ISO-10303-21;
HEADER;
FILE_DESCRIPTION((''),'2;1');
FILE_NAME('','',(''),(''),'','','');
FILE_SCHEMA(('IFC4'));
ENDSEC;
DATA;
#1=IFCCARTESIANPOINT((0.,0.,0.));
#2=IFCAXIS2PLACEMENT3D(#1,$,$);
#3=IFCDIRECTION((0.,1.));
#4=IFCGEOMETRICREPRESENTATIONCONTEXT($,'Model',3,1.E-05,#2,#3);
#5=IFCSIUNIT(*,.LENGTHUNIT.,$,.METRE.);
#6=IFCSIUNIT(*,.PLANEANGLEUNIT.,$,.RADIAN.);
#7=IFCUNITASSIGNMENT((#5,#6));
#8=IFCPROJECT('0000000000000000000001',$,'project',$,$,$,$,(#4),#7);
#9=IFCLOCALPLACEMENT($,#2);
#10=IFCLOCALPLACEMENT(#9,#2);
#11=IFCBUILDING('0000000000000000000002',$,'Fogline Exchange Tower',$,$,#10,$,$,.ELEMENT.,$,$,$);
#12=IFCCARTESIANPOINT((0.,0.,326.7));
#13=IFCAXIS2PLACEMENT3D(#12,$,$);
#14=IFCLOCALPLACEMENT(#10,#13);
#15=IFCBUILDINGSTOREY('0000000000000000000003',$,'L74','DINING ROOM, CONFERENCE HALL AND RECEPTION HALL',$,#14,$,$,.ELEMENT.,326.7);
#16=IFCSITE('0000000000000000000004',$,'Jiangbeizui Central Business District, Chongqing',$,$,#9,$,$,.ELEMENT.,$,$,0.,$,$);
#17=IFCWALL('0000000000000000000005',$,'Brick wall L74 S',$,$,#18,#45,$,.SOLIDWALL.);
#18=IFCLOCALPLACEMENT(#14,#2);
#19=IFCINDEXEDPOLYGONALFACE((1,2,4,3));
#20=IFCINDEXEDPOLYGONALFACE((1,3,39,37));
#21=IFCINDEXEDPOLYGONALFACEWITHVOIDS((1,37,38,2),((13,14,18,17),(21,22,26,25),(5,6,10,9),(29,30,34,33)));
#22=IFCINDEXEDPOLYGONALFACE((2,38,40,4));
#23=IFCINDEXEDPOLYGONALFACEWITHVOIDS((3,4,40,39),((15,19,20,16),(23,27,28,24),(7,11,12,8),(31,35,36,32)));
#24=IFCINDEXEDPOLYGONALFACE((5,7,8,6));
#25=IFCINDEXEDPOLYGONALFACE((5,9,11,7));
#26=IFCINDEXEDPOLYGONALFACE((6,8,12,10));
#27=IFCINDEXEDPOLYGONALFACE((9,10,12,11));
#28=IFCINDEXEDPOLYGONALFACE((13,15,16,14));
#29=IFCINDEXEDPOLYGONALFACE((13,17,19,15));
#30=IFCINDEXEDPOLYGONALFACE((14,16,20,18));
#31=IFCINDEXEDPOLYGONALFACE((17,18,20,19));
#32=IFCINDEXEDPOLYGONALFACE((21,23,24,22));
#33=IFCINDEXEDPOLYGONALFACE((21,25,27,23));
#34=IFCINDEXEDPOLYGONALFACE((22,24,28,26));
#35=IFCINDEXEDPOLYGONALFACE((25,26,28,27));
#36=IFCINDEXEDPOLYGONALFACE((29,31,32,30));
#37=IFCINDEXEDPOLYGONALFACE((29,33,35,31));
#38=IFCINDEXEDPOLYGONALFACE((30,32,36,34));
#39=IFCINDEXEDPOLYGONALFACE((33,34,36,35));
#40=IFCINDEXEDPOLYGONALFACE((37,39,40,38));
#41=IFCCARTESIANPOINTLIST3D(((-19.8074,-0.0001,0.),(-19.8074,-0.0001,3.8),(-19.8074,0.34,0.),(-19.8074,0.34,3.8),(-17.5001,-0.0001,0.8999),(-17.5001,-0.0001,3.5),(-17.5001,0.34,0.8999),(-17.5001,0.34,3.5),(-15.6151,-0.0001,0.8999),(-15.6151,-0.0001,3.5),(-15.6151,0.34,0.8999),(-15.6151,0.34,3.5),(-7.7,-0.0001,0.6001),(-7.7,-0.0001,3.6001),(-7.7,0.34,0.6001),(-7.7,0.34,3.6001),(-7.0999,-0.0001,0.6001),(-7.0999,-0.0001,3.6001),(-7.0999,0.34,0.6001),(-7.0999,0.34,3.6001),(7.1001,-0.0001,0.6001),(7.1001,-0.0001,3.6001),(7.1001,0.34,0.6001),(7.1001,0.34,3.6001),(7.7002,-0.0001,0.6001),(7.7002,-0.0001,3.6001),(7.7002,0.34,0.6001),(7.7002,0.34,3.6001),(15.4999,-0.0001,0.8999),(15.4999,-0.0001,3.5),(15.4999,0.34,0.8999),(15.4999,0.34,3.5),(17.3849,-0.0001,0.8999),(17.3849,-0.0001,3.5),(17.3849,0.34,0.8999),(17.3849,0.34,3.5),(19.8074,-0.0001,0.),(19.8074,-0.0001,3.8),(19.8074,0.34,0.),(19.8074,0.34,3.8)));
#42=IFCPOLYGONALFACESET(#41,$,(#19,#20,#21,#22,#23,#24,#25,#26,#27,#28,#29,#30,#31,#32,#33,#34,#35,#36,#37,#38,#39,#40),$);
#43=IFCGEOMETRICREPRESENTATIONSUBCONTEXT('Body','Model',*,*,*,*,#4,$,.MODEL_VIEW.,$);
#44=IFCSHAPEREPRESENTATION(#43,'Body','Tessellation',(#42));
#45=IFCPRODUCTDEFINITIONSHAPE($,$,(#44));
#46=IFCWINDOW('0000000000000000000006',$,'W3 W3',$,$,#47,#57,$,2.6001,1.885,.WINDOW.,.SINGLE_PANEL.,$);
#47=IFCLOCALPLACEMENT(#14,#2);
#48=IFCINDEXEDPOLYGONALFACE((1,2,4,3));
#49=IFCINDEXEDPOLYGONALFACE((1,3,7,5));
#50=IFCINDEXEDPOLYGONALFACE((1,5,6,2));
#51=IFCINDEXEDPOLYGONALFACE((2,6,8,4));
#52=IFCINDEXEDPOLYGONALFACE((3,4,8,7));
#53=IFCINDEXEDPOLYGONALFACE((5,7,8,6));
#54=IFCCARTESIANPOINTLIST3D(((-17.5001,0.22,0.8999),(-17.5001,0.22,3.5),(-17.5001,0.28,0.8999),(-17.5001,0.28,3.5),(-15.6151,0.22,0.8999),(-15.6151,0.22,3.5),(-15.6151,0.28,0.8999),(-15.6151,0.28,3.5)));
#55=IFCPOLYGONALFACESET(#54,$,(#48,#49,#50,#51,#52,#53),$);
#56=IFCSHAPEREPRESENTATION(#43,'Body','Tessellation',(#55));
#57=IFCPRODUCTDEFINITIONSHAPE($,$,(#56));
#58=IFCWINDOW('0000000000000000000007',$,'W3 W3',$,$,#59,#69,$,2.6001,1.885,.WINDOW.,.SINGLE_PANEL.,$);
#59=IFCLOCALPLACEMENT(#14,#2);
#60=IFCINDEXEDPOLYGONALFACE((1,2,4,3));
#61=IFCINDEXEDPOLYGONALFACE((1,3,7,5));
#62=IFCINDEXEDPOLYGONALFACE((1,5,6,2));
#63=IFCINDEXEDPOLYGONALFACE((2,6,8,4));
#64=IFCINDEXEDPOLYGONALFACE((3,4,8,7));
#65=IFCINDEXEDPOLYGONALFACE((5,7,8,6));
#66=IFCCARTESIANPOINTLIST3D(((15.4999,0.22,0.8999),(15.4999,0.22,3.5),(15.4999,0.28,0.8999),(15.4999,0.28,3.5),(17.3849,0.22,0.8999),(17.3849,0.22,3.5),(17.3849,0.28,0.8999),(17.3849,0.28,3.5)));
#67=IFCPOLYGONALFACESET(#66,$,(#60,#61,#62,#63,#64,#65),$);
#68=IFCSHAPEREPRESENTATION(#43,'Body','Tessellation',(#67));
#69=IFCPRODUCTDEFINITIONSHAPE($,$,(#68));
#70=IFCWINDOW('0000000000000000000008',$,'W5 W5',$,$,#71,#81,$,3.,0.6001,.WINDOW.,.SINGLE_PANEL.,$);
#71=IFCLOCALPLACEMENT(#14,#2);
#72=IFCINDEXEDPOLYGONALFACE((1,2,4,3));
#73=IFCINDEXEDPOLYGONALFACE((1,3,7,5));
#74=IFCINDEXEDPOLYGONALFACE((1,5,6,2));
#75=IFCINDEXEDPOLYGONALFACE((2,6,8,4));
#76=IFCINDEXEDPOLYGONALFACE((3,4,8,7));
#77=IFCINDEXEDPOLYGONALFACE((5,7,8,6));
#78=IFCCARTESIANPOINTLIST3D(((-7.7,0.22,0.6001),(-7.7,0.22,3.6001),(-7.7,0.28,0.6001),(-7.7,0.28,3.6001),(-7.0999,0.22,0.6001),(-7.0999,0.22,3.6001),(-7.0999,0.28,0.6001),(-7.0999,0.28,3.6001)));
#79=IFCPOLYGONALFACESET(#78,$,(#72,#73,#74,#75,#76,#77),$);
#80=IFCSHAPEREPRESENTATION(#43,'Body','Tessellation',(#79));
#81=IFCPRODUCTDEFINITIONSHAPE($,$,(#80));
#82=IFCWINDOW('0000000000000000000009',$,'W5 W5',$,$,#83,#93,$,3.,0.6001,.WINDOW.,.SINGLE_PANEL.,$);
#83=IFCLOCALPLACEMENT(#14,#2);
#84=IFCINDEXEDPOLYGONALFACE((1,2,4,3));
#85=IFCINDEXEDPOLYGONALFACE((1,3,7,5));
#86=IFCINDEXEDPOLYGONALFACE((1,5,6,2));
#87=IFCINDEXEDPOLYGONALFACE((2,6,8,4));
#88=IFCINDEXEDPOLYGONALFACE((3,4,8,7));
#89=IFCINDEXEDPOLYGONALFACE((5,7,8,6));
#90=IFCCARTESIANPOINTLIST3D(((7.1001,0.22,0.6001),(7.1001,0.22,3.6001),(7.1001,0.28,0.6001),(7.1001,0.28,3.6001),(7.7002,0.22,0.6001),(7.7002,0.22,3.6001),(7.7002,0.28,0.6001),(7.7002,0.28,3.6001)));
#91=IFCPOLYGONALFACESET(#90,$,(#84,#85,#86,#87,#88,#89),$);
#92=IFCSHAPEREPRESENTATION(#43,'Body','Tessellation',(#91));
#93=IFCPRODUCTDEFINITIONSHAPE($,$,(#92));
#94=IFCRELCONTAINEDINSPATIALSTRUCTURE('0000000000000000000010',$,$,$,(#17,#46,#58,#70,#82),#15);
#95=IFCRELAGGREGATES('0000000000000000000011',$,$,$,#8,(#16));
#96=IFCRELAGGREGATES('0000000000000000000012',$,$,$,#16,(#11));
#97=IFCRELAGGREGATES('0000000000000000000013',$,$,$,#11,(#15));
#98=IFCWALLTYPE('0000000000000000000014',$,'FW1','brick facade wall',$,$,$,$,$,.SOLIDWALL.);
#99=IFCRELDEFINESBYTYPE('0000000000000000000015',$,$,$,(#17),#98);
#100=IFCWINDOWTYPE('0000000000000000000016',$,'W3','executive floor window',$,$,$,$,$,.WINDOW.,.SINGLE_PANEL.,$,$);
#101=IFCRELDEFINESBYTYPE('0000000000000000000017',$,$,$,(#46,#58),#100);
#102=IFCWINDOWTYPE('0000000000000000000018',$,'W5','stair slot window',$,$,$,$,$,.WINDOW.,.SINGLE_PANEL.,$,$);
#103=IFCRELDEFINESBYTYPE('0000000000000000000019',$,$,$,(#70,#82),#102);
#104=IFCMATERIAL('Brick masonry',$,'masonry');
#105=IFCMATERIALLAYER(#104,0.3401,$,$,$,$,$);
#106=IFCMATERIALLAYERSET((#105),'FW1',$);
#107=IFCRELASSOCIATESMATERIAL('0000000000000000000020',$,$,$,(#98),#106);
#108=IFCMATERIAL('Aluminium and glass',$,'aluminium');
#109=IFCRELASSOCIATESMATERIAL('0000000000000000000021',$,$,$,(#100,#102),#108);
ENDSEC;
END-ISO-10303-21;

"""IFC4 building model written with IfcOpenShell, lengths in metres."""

from ifc_helpers import new_model, si_unit, direction, frame, frame_2d, origin, place, context, subcontext, project, spatial, rectangle, extrude, material, layer, layer_set, type_object, element, fill, save


model = new_model("IFC4")

# Units and contexts
model_context = context("Model", 3, precision=1e-05, world=origin(), true_north=direction((0.0, 1.0)))
body_context = subcontext(model_context, "Body", "Model", "MODEL_VIEW")
ifc_project = project(units=[si_unit("LENGTHUNIT", "METRE"), si_unit("PLANEANGLEUNIT", "RADIAN")], contexts=[model_context])

# Site, building, storey
site_placement = place(None, origin())
site = spatial("IfcSite", under=ifc_project, at=site_placement, Name="Jiangbeizui Central Business District, Chongqing", CompositionType="ELEMENT", RefElevation=0.0)
building_placement = place(site_placement, origin())
building = spatial("IfcBuilding", under=site, at=building_placement, Name="Fogline Exchange Tower", CompositionType="ELEMENT")
storey_placement = place(building_placement, frame((0.0, 0.0, 326.7)))
storey = spatial("IfcBuildingStorey", under=building, at=storey_placement, Name="L74", Description="DINING ROOM, CONFERENCE HALL AND RECEPTION HALL", CompositionType="ELEMENT", Elevation=326.7)

# Shared definitions
ifc_material_1 = material(Name="Brick masonry", Category="masonry")
ifc_layer = layer(ifc_material_1, 0.3401)
ifc_layer_set = layer_set([ifc_layer], Name="FW1")
wall_type = type_object("IfcWallType", Name="FW1", Description="brick facade wall", PredefinedType="SOLIDWALL", material=ifc_layer_set)
ifc_material_2 = material(Name="Aluminium and glass", Category="aluminium")

# Wall, openings, windows
wall_1_placement = place(storey_placement, frame((-19.8074, 0.1699, 0.0), z_axis=(0.0, 0.0, 1.0), x_axis=(1.0, 0.0, 0.0)))
wall_1 = element("IfcWall", 1, at=wall_1_placement, inside=storey, type_object=wall_type, Name="Brick wall L74 S", PredefinedType="SOLIDWALL", context=body_context, shape_type="SweptSolid", body=[
    extrude(rectangle(XDim=39.6147, YDim=0.3401, at=frame_2d((19.8074, 0.0))), origin(), (0.0, 0.0, 1.0), 3.8),
])
opening_1_placement = place(wall_1_placement, frame((2.3074, 0.0, 0.8999)))
opening_1 = element("IfcOpeningElement", 2, at=opening_1_placement, cuts=wall_1, PredefinedType="OPENING", context=body_context, shape_type="SweptSolid", body=[
    extrude(rectangle(XDim=1.885, YDim=2.6001, at=frame_2d((0.9424, 1.3))), frame((0.0, 0.1802, 0.0), z_axis=(0.0, -1.0, 0.0), x_axis=(1.0, 0.0, 0.0)), (0.0, 0.0, 1.0), 0.3601),
])
opening_2_placement = place(wall_1_placement, frame((35.3074, 0.0, 0.8999)))
opening_2 = element("IfcOpeningElement", 3, at=opening_2_placement, cuts=wall_1, PredefinedType="OPENING", context=body_context, shape_type="SweptSolid", body=[
    extrude(rectangle(XDim=1.885, YDim=2.6001, at=frame_2d((0.9424, 1.3))), frame((0.0, 0.1802, 0.0), z_axis=(0.0, -1.0, 0.0), x_axis=(1.0, 0.0, 0.0)), (0.0, 0.0, 1.0), 0.3601),
])
opening_3_placement = place(wall_1_placement, frame((12.1074, 0.0, 0.6001)))
opening_3 = element("IfcOpeningElement", 4, at=opening_3_placement, cuts=wall_1, PredefinedType="OPENING", context=body_context, shape_type="SweptSolid", body=[
    extrude(rectangle(XDim=0.6001, YDim=3.0, at=frame_2d((0.3, 1.5))), frame((0.0, 0.1802, 0.0), z_axis=(0.0, -1.0, 0.0), x_axis=(1.0, 0.0, 0.0)), (0.0, 0.0, 1.0), 0.3601),
])
opening_4_placement = place(wall_1_placement, frame((26.9075, 0.0, 0.6001)))
opening_4 = element("IfcOpeningElement", 5, at=opening_4_placement, cuts=wall_1, PredefinedType="OPENING", context=body_context, shape_type="SweptSolid", body=[
    extrude(rectangle(XDim=0.6001, YDim=3.0, at=frame_2d((0.3, 1.5))), frame((0.0, 0.1802, 0.0), z_axis=(0.0, -1.0, 0.0), x_axis=(1.0, 0.0, 0.0)), (0.0, 0.0, 1.0), 0.3601),
])
window_type_1 = type_object("IfcWindowType", Name="W3", Description="executive floor window", PartitioningType="SINGLE_PANEL", PredefinedType="WINDOW", material=ifc_material_2)
window_1_placement = place(opening_1_placement, origin())
window_1 = element("IfcWindow", 6, at=window_1_placement, inside=storey, type_object=window_type_1, Name="W3 W3", OverallHeight=2.6001, OverallWidth=1.885, PartitioningType="SINGLE_PANEL", PredefinedType="WINDOW", context=body_context, shape_type="SweptSolid", body=[
    extrude(rectangle(XDim=1.885, YDim=2.6001, at=frame_2d((0.9424, 1.3))), frame((0.0, 0.1101, 0.0), z_axis=(0.0, -1.0, 0.0), x_axis=(1.0, 0.0, 0.0)), (0.0, 0.0, 1.0), 0.0601),
])
fill(opening_1, window_1)
window_2_placement = place(opening_2_placement, origin())
window_2 = element("IfcWindow", 7, at=window_2_placement, inside=storey, type_object=window_type_1, Name="W3 W3", OverallHeight=2.6001, OverallWidth=1.885, PartitioningType="SINGLE_PANEL", PredefinedType="WINDOW", context=body_context, shape_type="SweptSolid", body=[
    extrude(rectangle(XDim=1.885, YDim=2.6001, at=frame_2d((0.9424, 1.3))), frame((0.0, 0.1101, 0.0), z_axis=(0.0, -1.0, 0.0), x_axis=(1.0, 0.0, 0.0)), (0.0, 0.0, 1.0), 0.0601),
])
fill(opening_2, window_2)
window_type_2 = type_object("IfcWindowType", Name="W5", Description="stair slot window", PartitioningType="SINGLE_PANEL", PredefinedType="WINDOW", material=ifc_material_2)
window_3_placement = place(opening_3_placement, origin())
window_3 = element("IfcWindow", 8, at=window_3_placement, inside=storey, type_object=window_type_2, Name="W5 W5", OverallHeight=3.0, OverallWidth=0.6001, PartitioningType="SINGLE_PANEL", PredefinedType="WINDOW", context=body_context, shape_type="SweptSolid", body=[
    extrude(rectangle(XDim=0.6001, YDim=3.0, at=frame_2d((0.3, 1.5))), frame((0.0, 0.1101, 0.0), z_axis=(0.0, -1.0, 0.0), x_axis=(1.0, 0.0, 0.0)), (0.0, 0.0, 1.0), 0.0601),
])
fill(opening_3, window_3)
window_4_placement = place(opening_4_placement, origin())
window_4 = element("IfcWindow", 9, at=window_4_placement, inside=storey, type_object=window_type_2, Name="W5 W5", OverallHeight=3.0, OverallWidth=0.6001, PartitioningType="SINGLE_PANEL", PredefinedType="WINDOW", context=body_context, shape_type="SweptSolid", body=[
    extrude(rectangle(XDim=0.6001, YDim=3.0, at=frame_2d((0.3, 1.5))), frame((0.0, 0.1101, 0.0), z_axis=(0.0, -1.0, 0.0), x_axis=(1.0, 0.0, 0.0)), (0.0, 0.0, 1.0), 0.0601),
])
fill(opening_4, window_4)

save(model, "model.ifc")
